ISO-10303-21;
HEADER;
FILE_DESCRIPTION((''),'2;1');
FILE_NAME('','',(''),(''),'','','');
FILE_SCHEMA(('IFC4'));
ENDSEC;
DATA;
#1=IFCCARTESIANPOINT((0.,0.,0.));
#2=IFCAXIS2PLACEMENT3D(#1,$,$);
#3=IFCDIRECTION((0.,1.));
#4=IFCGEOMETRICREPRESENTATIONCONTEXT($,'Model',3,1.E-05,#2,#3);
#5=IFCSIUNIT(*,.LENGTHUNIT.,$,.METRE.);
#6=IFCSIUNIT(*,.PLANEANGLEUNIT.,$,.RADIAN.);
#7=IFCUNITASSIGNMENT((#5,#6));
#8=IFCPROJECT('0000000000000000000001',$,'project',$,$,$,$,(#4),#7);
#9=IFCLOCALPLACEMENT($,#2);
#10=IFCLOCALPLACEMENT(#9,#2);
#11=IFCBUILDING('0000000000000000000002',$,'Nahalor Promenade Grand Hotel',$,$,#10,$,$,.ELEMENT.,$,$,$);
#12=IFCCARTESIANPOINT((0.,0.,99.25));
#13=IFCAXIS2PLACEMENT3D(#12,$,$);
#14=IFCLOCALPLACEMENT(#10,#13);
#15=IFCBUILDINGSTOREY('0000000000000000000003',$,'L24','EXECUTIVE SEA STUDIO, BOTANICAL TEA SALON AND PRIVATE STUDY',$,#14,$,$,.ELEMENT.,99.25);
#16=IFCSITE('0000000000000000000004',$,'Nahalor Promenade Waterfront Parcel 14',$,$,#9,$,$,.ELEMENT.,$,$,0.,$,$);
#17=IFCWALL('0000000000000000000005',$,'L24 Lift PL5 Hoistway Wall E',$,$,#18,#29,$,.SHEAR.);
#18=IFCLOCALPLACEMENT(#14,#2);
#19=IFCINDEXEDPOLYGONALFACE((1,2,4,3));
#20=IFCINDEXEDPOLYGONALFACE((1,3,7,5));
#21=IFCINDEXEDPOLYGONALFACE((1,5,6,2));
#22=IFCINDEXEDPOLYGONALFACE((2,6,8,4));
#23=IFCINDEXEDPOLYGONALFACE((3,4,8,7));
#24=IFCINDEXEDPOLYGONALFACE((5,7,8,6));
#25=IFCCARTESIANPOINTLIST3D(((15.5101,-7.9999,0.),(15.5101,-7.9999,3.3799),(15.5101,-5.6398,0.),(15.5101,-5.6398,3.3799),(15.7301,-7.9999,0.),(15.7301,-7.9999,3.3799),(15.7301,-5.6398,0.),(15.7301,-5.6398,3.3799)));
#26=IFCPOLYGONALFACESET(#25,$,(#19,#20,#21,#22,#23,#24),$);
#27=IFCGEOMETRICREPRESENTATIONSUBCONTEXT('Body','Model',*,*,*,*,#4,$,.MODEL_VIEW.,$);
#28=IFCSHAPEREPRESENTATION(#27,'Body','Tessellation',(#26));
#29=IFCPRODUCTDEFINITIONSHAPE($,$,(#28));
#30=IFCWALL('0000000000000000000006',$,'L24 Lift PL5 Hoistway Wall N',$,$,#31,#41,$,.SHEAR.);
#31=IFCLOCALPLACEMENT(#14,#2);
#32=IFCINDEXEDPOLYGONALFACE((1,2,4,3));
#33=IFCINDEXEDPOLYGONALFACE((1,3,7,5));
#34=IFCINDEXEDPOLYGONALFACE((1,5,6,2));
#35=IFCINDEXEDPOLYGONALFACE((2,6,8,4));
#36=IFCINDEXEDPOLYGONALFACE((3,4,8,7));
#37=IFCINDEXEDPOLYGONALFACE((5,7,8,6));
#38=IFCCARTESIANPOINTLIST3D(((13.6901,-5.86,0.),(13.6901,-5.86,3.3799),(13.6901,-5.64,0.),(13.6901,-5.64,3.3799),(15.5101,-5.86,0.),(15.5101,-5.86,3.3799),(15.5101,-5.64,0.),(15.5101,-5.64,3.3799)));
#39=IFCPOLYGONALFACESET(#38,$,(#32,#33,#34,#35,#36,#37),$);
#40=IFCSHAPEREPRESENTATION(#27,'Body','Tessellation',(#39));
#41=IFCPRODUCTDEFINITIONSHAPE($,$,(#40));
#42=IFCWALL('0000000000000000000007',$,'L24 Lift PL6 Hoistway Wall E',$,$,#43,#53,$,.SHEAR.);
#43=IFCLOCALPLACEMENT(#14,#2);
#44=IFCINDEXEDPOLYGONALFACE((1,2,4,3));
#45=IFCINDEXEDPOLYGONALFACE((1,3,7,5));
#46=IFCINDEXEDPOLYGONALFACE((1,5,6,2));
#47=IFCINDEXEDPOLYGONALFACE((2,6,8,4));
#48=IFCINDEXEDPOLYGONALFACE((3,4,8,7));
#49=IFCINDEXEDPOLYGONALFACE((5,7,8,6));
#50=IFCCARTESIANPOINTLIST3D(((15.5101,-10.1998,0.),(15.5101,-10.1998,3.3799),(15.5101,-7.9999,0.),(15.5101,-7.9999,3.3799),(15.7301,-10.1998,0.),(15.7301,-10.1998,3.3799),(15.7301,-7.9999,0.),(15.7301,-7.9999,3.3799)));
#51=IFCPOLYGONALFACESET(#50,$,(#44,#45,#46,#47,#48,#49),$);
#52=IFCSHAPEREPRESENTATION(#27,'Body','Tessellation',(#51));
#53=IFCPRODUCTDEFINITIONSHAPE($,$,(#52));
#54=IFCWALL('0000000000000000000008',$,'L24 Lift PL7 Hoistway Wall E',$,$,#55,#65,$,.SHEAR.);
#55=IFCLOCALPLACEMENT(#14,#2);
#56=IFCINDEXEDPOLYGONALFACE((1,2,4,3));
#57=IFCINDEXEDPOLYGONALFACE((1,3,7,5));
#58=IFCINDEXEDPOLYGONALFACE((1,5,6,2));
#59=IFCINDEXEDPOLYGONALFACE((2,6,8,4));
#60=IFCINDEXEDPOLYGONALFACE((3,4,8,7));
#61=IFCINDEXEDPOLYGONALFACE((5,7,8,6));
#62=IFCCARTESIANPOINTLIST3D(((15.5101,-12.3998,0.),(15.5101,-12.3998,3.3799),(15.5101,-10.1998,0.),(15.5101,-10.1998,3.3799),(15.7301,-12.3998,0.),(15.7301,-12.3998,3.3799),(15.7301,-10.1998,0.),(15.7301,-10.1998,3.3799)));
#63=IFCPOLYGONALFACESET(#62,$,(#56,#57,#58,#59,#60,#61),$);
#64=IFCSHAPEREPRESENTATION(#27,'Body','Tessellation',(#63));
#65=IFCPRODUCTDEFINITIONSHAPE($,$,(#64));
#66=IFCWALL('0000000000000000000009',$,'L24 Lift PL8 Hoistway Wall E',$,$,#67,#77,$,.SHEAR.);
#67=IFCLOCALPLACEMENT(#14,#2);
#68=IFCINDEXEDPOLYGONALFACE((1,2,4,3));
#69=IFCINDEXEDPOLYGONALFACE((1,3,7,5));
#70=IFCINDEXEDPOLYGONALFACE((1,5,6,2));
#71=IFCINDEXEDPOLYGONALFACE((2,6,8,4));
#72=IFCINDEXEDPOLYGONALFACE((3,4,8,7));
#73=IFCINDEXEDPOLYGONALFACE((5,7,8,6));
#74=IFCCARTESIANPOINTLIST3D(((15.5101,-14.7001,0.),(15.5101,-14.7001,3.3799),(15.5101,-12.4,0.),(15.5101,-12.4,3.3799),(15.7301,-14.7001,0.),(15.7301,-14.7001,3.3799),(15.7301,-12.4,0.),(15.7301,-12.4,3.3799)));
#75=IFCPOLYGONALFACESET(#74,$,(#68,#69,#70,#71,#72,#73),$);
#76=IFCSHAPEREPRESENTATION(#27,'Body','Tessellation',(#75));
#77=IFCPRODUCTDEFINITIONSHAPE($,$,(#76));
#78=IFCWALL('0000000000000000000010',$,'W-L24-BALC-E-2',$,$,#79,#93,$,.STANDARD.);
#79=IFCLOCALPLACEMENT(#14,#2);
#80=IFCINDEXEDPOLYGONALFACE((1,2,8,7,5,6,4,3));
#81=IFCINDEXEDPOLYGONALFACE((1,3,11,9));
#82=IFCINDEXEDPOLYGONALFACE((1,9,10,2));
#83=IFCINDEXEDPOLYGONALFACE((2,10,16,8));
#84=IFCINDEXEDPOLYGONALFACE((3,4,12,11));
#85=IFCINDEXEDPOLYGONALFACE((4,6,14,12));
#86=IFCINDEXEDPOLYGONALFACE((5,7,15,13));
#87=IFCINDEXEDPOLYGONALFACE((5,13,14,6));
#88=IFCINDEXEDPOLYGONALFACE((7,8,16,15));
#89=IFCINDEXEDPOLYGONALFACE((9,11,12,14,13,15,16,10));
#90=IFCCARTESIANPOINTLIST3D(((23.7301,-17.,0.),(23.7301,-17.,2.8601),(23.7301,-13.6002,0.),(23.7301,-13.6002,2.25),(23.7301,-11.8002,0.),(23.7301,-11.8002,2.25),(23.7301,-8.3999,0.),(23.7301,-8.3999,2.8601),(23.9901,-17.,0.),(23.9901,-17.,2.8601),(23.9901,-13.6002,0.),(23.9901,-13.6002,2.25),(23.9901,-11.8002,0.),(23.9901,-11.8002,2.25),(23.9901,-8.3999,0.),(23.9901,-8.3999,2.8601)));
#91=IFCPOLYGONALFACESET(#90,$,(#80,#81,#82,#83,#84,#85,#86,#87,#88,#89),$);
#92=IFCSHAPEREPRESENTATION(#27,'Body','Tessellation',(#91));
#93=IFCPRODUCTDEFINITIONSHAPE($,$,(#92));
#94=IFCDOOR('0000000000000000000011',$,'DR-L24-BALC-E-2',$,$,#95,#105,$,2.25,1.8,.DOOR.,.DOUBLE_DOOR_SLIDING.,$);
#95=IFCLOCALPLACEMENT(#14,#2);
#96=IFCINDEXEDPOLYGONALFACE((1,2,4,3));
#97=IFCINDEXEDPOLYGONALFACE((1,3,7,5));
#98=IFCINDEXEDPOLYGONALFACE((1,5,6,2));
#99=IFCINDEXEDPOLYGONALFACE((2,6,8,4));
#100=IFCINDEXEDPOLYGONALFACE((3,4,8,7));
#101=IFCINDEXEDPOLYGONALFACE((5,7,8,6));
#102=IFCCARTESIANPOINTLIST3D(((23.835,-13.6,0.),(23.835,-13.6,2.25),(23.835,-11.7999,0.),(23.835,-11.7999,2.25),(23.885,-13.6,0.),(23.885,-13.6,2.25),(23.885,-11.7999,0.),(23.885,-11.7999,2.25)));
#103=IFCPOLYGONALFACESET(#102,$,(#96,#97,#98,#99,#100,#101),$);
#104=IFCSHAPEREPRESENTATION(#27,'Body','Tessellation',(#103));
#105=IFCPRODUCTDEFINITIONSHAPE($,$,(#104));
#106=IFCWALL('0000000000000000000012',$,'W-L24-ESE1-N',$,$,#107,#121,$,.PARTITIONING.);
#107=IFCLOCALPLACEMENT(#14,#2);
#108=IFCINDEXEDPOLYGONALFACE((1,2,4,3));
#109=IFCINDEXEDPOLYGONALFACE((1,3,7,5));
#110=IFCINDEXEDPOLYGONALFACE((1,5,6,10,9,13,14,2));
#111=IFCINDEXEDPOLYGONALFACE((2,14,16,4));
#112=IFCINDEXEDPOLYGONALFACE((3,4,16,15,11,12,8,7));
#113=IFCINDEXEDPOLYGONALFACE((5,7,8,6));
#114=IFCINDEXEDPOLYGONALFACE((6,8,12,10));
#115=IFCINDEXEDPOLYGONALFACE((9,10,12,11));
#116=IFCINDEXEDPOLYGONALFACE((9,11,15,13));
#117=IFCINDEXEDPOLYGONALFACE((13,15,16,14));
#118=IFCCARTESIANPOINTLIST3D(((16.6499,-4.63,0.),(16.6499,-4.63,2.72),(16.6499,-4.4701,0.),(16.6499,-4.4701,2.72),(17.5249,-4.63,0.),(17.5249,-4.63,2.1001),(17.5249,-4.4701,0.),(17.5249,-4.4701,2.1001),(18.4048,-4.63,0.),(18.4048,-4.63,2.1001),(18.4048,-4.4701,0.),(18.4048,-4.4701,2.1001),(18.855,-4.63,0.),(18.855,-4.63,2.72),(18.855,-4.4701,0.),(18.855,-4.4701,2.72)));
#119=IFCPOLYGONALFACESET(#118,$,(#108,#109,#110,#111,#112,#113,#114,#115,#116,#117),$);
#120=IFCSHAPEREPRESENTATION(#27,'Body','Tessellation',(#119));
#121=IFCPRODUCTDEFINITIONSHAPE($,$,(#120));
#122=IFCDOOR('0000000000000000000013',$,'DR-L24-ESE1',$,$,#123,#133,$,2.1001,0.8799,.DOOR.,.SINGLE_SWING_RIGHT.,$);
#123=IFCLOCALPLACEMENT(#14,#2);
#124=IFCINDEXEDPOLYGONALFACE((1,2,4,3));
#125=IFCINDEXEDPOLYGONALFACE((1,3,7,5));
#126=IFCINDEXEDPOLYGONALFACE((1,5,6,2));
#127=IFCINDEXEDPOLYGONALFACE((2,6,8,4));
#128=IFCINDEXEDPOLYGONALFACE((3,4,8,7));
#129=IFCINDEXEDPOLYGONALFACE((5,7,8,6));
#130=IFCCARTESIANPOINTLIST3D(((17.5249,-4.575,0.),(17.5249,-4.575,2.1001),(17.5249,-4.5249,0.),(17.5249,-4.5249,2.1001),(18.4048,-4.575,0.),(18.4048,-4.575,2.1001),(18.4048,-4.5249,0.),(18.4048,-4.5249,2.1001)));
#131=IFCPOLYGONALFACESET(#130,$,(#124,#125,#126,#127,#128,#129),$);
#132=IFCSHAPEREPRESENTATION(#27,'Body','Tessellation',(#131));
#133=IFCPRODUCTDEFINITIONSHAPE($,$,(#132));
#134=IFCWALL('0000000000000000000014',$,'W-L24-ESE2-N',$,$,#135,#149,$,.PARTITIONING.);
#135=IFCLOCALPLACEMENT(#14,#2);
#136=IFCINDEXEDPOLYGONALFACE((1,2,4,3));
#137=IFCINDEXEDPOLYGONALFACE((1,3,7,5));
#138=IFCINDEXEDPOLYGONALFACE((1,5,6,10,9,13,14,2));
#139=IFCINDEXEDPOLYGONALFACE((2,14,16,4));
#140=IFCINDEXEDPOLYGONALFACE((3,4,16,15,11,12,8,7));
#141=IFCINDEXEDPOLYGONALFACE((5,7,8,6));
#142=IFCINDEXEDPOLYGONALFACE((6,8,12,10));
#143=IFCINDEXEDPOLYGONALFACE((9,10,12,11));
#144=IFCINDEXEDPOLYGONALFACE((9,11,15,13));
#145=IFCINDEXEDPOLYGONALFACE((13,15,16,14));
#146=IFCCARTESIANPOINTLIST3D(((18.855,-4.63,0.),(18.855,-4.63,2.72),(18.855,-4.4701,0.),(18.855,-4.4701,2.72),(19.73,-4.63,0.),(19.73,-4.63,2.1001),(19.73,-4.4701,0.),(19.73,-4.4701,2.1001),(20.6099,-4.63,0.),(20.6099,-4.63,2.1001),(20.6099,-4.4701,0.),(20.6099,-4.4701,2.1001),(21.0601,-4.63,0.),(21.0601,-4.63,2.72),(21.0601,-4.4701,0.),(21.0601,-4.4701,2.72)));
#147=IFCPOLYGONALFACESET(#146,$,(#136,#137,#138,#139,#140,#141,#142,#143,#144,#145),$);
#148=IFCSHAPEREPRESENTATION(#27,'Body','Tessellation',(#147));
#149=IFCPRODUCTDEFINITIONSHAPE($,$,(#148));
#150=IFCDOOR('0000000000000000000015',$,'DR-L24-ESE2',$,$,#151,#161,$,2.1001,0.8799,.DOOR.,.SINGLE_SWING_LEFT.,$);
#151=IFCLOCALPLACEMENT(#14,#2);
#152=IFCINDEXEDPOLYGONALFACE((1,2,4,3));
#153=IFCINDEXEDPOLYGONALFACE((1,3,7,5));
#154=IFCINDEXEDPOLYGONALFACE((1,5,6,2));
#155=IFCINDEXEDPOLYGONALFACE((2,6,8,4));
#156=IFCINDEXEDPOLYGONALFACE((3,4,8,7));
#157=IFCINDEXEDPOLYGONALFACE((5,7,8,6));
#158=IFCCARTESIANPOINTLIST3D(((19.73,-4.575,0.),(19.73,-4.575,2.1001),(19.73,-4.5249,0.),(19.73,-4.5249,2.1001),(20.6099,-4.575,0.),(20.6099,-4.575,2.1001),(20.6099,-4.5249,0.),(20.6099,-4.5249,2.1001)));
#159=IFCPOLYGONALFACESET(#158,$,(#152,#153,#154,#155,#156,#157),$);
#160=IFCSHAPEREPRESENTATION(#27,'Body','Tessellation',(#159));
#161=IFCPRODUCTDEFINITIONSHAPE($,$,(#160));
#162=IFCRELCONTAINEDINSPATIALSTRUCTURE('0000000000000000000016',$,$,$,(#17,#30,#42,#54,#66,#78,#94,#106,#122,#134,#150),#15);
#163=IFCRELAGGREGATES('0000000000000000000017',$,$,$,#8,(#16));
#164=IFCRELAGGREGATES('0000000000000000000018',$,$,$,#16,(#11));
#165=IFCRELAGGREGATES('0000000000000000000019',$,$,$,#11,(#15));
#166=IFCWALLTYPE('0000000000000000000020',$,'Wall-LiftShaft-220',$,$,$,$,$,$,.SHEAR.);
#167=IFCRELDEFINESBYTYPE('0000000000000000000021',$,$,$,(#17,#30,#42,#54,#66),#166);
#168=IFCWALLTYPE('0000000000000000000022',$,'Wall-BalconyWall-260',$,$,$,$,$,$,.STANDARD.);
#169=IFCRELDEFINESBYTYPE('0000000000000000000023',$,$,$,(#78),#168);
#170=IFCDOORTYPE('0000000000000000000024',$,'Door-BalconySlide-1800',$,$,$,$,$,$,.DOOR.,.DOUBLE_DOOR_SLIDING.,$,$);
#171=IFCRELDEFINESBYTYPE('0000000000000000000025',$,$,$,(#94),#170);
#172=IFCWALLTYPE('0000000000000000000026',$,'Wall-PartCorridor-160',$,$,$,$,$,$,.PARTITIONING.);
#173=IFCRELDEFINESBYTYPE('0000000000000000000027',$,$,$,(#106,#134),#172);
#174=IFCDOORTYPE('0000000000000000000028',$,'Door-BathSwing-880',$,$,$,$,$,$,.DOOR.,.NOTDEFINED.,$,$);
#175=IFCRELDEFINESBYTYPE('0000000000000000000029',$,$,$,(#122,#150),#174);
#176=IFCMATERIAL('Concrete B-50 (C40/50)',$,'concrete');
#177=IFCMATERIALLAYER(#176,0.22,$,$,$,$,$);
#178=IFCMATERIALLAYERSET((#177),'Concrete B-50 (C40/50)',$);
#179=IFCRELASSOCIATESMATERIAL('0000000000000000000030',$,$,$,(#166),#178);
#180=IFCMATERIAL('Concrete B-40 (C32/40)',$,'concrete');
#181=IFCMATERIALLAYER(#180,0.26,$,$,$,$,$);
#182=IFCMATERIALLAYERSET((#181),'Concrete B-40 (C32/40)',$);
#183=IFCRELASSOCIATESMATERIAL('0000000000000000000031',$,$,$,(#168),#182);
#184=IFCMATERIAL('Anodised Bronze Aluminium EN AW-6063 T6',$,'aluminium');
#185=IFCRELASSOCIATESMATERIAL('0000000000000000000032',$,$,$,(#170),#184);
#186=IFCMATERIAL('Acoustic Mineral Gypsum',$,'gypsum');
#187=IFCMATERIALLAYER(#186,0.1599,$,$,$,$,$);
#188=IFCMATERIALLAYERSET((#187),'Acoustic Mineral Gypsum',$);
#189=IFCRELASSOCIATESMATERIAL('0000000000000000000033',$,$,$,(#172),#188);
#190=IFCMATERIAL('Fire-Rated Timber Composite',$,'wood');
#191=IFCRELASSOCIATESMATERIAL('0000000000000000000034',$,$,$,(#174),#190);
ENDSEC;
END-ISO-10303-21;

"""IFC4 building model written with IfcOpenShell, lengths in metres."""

from ifc_helpers import new_model, si_unit, direction, frame, frame_2d, origin, place, context, subcontext, project, spatial, rectangle, extrude, source, transform, mapped, material, layer, layer_set, type_object, element, fill, save


model = new_model("IFC4")

# Units and contexts
model_context = context("Model", 3, precision=1e-05, world=origin(), true_north=direction((0.0, 1.0)))
body_context = subcontext(model_context, "Body", "Model", "MODEL_VIEW")
ifc_project = project(units=[si_unit("LENGTHUNIT", "METRE"), si_unit("PLANEANGLEUNIT", "RADIAN")], contexts=[model_context])

# Site, building, storey
site_placement = place(None, origin())
site = spatial("IfcSite", under=ifc_project, at=site_placement, Name="Nahalor Promenade Waterfront Parcel 14", CompositionType="ELEMENT", RefElevation=0.0)
building_placement = place(site_placement, origin())
building = spatial("IfcBuilding", under=site, at=building_placement, Name="Nahalor Promenade Grand Hotel", CompositionType="ELEMENT")
storey_placement = place(building_placement, frame((0.0, 0.0, 99.25)))
storey = spatial("IfcBuildingStorey", under=building, at=storey_placement, Name="L24", Description="EXECUTIVE SEA STUDIO, BOTANICAL TEA SALON AND PRIVATE STUDY", CompositionType="ELEMENT", Elevation=99.25)

# Shared definitions
ifc_material_1 = material(Name="Anodised Bronze Aluminium EN AW-6063 T6", Category="aluminium")

# Walls
ifc_material_2 = material(Name="Concrete B-50 (C40/50)", Category="concrete")
ifc_layer_1 = layer(ifc_material_2, 0.22)
ifc_layer_set_1 = layer_set([ifc_layer_1], Name="Concrete B-50 (C40/50)")
wall_type_1 = type_object("IfcWallType", Name="Wall-LiftShaft-220", PredefinedType="SHEAR", material=ifc_layer_set_1)
shared_shape_1 = source(origin(), body_context, "Body", "SweptSolid", [
    extrude(rectangle(XDim=2.3601, YDim=0.22, at=frame_2d((1.1802, 0.0))), origin(), (0.0, 0.0, 1.0), 3.3799),
])
wall_1_placement = place(storey_placement, frame((15.6201, -8.0, 0.0), z_axis=(0.0, 0.0, 1.0), x_axis=(0.0, 1.0, 0.0)))
element("IfcWall", 1, at=wall_1_placement, inside=storey, type_object=wall_type_1, Name="L24 Lift PL5 Hoistway Wall E", PredefinedType="SHEAR", context=body_context, shape_type="MappedRepresentation", body=[
    mapped(shared_shape_1, transform((0.0, 0.0, 0.0), scale=1.0)),
])
shared_shape_2 = source(origin(), body_context, "Body", "SweptSolid", [
    extrude(rectangle(XDim=1.8201, YDim=0.22, at=frame_2d((0.9102, 0.0))), origin(), (0.0, 0.0, 1.0), 3.3799),
])
wall_2_placement = place(storey_placement, frame((13.6899, -5.75, 0.0), z_axis=(0.0, 0.0, 1.0), x_axis=(1.0, 0.0, 0.0)))
element("IfcWall", 2, at=wall_2_placement, inside=storey, type_object=wall_type_1, Name="L24 Lift PL5 Hoistway Wall N", PredefinedType="SHEAR", context=body_context, shape_type="MappedRepresentation", body=[
    mapped(shared_shape_2, transform((0.0, 0.0, 0.0), scale=1.0)),
])
shared_shape_3 = source(origin(), body_context, "Body", "SweptSolid", [
    extrude(rectangle(XDim=2.2, YDim=0.22, at=frame_2d((1.1001, 0.0))), origin(), (0.0, 0.0, 1.0), 3.3799),
])
for number, where, z_axis, x_axis, name in (
    (3, (15.6201, -10.2, 0.0), (0.0, 0.0, 1.0), (0.0, 1.0, 0.0), "L24 Lift PL6 Hoistway Wall E"),
    (4, (15.6201, -12.3999, 0.0), (0.0, 0.0, 1.0), (0.0, 1.0, 0.0), "L24 Lift PL7 Hoistway Wall E"),
):
    element("IfcWall", number, at=place(storey_placement, frame(where, z_axis=z_axis, x_axis=x_axis)), inside=storey, type_object=wall_type_1, Name=name, PredefinedType="SHEAR", context=body_context, shape_type="MappedRepresentation", body=[
        mapped(shared_shape_3, transform((0.0, 0.0, 0.0), scale=1.0)),
    ])
shared_shape_4 = source(origin(), body_context, "Body", "SweptSolid", [
    extrude(rectangle(XDim=2.3, YDim=0.22, at=frame_2d((1.1499, 0.0))), origin(), (0.0, 0.0, 1.0), 3.3799),
])
wall_3_placement = place(storey_placement, frame((15.6201, -14.7, 0.0), z_axis=(0.0, 0.0, 1.0), x_axis=(0.0, 1.0, 0.0)))
element("IfcWall", 5, at=wall_3_placement, inside=storey, type_object=wall_type_1, Name="L24 Lift PL8 Hoistway Wall E", PredefinedType="SHEAR", context=body_context, shape_type="MappedRepresentation", body=[
    mapped(shared_shape_4, transform((0.0, 0.0, 0.0), scale=1.0)),
])

# Walls, openings, doors
ifc_material_3 = material(Name="Concrete B-40 (C32/40)", Category="concrete")
ifc_layer_2 = layer(ifc_material_3, 0.26)
ifc_layer_set_2 = layer_set([ifc_layer_2], Name="Concrete B-40 (C32/40)")
wall_type_2 = type_object("IfcWallType", Name="Wall-BalconyWall-260", PredefinedType="STANDARD", material=ifc_layer_set_2)
shared_shape_5 = source(origin(), body_context, "Body", "SweptSolid", [
    extrude(rectangle(XDim=8.6001, YDim=0.26, at=frame_2d((4.3, 0.0))), origin(), (0.0, 0.0, 1.0), 2.8601),
])
wall_4_placement = place(storey_placement, frame((23.8601, -17.0, 0.0), z_axis=(0.0, 0.0, 1.0), x_axis=(0.0, 1.0, 0.0)))
wall_4 = element("IfcWall", 6, at=wall_4_placement, inside=storey, type_object=wall_type_2, Name="W-L24-BALC-E-2", PredefinedType="STANDARD", context=body_context, shape_type="MappedRepresentation", body=[
    mapped(shared_shape_5, transform((0.0, 0.0, 0.0), scale=1.0)),
])
opening_1_placement = place(wall_4_placement, frame((3.3999, 0.0, 0.0)))
opening_1 = element("IfcOpeningElement", 7, at=opening_1_placement, cuts=wall_4, PredefinedType="OPENING", context=body_context, shape_type="SweptSolid", body=[
    extrude(rectangle(XDim=1.8, YDim=2.25, at=frame_2d((0.8999, 1.125))), frame((0.0, 0.1399, 0.0), z_axis=(0.0, -1.0, 0.0), x_axis=(1.0, 0.0, 0.0)), (0.0, 0.0, 1.0), 0.28),
])
door_type_1 = type_object("IfcDoorType", Name="Door-BalconySlide-1800", OperationType="DOUBLE_DOOR_SLIDING", PredefinedType="DOOR", material=ifc_material_1)
shared_shape_6 = source(origin(), body_context, "Body", "SweptSolid", [
    extrude(rectangle(XDim=1.8, YDim=2.25, at=frame_2d((0.8999, 1.125))), frame((0.0, 0.0249, 0.0), z_axis=(0.0, -1.0, 0.0), x_axis=(1.0, 0.0, 0.0)), (0.0, 0.0, 1.0), 0.05),
])
door_1_placement = place(opening_1_placement, frame((1.8, 0.0, 0.0), z_axis=(0.0, 0.0, 1.0), x_axis=(-1.0, 0.0, 0.0)))
door_1 = element("IfcDoor", 8, at=door_1_placement, inside=storey, type_object=door_type_1, Name="DR-L24-BALC-E-2", OperationType="DOUBLE_DOOR_SLIDING", OverallHeight=2.25, OverallWidth=1.8, PredefinedType="DOOR", context=body_context, shape_type="MappedRepresentation", body=[
    mapped(shared_shape_6, transform((0.0, 0.0, 0.0), scale=1.0)),
])
fill(opening_1, door_1)
ifc_material_4 = material(Name="Acoustic Mineral Gypsum", Category="gypsum")
ifc_layer_3 = layer(ifc_material_4, 0.1599)
ifc_layer_set_3 = layer_set([ifc_layer_3], Name="Acoustic Mineral Gypsum")
wall_type_3 = type_object("IfcWallType", Name="Wall-PartCorridor-160", PredefinedType="PARTITIONING", material=ifc_layer_set_3)
shared_shape_7 = source(origin(), body_context, "Body", "SweptSolid", [
    extrude(rectangle(XDim=2.2051, YDim=0.1599, at=frame_2d((1.1025, 0.0))), origin(), (0.0, 0.0, 1.0), 2.72),
])
wall_5_placement = place(storey_placement, frame((16.6499, -4.55, 0.0), z_axis=(0.0, 0.0, 1.0), x_axis=(1.0, 0.0, 0.0)))
wall_5 = element("IfcWall", 9, at=wall_5_placement, inside=storey, type_object=wall_type_3, Name="W-L24-ESE1-N", PredefinedType="PARTITIONING", context=body_context, shape_type="MappedRepresentation", body=[
    mapped(shared_shape_7, transform((0.0, 0.0, 0.0), scale=1.0)),
])
opening_2_placement = place(wall_5_placement, frame((0.875, 0.0, 0.0)))
opening_2 = element("IfcOpeningElement", 10, at=opening_2_placement, cuts=wall_5, PredefinedType="OPENING", context=body_context, shape_type="SweptSolid", body=[
    extrude(rectangle(XDim=0.8799, YDim=2.1001, at=frame_2d((0.4399, 1.05))), frame((0.0, 0.0898, 0.0), z_axis=(0.0, -1.0, 0.0), x_axis=(1.0, 0.0, 0.0)), (0.0, 0.0, 1.0), 0.1799),
])
ifc_material_5 = material(Name="Fire-Rated Timber Composite", Category="wood")
door_type_2 = type_object("IfcDoorType", Name="Door-BathSwing-880", OperationType="NOTDEFINED", PredefinedType="DOOR", material=ifc_material_5)
shared_shape_8 = source(origin(), body_context, "Body", "SweptSolid", [
    extrude(rectangle(XDim=0.8799, YDim=2.1001, at=frame_2d((0.4399, 1.05))), frame((0.0, 0.0249, 0.0), z_axis=(0.0, -1.0, 0.0), x_axis=(1.0, 0.0, 0.0)), (0.0, 0.0, 1.0), 0.05),
])
door_2_placement = place(opening_2_placement, frame((0.8799, 0.0, 0.0), z_axis=(0.0, 0.0, 1.0), x_axis=(-1.0, 0.0, 0.0)))
door_2 = element("IfcDoor", 11, at=door_2_placement, inside=storey, type_object=door_type_2, Name="DR-L24-ESE1", OperationType="SINGLE_SWING_RIGHT", OverallHeight=2.1001, OverallWidth=0.8799, PredefinedType="DOOR", context=body_context, shape_type="MappedRepresentation", body=[
    mapped(shared_shape_8, transform((0.0, 0.0, 0.0), scale=1.0)),
])
fill(opening_2, door_2)
wall_6_placement = place(storey_placement, frame((18.855, -4.55, 0.0), z_axis=(0.0, 0.0, 1.0), x_axis=(1.0, 0.0, 0.0)))
wall_6 = element("IfcWall", 12, at=wall_6_placement, inside=storey, type_object=wall_type_3, Name="W-L24-ESE2-N", PredefinedType="PARTITIONING", context=body_context, shape_type="MappedRepresentation", body=[
    mapped(shared_shape_7, transform((0.0, 0.0, 0.0), scale=1.0)),
])
opening_3_placement = place(wall_6_placement, frame((0.875, 0.0, 0.0)))
opening_3 = element("IfcOpeningElement", 13, at=opening_3_placement, cuts=wall_6, PredefinedType="OPENING", context=body_context, shape_type="SweptSolid", body=[
    extrude(rectangle(XDim=0.8799, YDim=2.1001, at=frame_2d((0.4399, 1.05))), frame((0.0, 0.0898, 0.0), z_axis=(0.0, -1.0, 0.0), x_axis=(1.0, 0.0, 0.0)), (0.0, 0.0, 1.0), 0.1799),
])
door_3_placement = place(opening_3_placement, frame((0.8799, 0.0, 0.0), z_axis=(0.0, 0.0, 1.0), x_axis=(-1.0, 0.0, 0.0)))
door_3 = element("IfcDoor", 14, at=door_3_placement, inside=storey, type_object=door_type_2, Name="DR-L24-ESE2", OperationType="SINGLE_SWING_LEFT", OverallHeight=2.1001, OverallWidth=0.8799, PredefinedType="DOOR", context=body_context, shape_type="MappedRepresentation", body=[
    mapped(shared_shape_8, transform((0.0, 0.0, 0.0), scale=1.0)),
])
fill(opening_3, door_3)

save(model, "model.ifc")
